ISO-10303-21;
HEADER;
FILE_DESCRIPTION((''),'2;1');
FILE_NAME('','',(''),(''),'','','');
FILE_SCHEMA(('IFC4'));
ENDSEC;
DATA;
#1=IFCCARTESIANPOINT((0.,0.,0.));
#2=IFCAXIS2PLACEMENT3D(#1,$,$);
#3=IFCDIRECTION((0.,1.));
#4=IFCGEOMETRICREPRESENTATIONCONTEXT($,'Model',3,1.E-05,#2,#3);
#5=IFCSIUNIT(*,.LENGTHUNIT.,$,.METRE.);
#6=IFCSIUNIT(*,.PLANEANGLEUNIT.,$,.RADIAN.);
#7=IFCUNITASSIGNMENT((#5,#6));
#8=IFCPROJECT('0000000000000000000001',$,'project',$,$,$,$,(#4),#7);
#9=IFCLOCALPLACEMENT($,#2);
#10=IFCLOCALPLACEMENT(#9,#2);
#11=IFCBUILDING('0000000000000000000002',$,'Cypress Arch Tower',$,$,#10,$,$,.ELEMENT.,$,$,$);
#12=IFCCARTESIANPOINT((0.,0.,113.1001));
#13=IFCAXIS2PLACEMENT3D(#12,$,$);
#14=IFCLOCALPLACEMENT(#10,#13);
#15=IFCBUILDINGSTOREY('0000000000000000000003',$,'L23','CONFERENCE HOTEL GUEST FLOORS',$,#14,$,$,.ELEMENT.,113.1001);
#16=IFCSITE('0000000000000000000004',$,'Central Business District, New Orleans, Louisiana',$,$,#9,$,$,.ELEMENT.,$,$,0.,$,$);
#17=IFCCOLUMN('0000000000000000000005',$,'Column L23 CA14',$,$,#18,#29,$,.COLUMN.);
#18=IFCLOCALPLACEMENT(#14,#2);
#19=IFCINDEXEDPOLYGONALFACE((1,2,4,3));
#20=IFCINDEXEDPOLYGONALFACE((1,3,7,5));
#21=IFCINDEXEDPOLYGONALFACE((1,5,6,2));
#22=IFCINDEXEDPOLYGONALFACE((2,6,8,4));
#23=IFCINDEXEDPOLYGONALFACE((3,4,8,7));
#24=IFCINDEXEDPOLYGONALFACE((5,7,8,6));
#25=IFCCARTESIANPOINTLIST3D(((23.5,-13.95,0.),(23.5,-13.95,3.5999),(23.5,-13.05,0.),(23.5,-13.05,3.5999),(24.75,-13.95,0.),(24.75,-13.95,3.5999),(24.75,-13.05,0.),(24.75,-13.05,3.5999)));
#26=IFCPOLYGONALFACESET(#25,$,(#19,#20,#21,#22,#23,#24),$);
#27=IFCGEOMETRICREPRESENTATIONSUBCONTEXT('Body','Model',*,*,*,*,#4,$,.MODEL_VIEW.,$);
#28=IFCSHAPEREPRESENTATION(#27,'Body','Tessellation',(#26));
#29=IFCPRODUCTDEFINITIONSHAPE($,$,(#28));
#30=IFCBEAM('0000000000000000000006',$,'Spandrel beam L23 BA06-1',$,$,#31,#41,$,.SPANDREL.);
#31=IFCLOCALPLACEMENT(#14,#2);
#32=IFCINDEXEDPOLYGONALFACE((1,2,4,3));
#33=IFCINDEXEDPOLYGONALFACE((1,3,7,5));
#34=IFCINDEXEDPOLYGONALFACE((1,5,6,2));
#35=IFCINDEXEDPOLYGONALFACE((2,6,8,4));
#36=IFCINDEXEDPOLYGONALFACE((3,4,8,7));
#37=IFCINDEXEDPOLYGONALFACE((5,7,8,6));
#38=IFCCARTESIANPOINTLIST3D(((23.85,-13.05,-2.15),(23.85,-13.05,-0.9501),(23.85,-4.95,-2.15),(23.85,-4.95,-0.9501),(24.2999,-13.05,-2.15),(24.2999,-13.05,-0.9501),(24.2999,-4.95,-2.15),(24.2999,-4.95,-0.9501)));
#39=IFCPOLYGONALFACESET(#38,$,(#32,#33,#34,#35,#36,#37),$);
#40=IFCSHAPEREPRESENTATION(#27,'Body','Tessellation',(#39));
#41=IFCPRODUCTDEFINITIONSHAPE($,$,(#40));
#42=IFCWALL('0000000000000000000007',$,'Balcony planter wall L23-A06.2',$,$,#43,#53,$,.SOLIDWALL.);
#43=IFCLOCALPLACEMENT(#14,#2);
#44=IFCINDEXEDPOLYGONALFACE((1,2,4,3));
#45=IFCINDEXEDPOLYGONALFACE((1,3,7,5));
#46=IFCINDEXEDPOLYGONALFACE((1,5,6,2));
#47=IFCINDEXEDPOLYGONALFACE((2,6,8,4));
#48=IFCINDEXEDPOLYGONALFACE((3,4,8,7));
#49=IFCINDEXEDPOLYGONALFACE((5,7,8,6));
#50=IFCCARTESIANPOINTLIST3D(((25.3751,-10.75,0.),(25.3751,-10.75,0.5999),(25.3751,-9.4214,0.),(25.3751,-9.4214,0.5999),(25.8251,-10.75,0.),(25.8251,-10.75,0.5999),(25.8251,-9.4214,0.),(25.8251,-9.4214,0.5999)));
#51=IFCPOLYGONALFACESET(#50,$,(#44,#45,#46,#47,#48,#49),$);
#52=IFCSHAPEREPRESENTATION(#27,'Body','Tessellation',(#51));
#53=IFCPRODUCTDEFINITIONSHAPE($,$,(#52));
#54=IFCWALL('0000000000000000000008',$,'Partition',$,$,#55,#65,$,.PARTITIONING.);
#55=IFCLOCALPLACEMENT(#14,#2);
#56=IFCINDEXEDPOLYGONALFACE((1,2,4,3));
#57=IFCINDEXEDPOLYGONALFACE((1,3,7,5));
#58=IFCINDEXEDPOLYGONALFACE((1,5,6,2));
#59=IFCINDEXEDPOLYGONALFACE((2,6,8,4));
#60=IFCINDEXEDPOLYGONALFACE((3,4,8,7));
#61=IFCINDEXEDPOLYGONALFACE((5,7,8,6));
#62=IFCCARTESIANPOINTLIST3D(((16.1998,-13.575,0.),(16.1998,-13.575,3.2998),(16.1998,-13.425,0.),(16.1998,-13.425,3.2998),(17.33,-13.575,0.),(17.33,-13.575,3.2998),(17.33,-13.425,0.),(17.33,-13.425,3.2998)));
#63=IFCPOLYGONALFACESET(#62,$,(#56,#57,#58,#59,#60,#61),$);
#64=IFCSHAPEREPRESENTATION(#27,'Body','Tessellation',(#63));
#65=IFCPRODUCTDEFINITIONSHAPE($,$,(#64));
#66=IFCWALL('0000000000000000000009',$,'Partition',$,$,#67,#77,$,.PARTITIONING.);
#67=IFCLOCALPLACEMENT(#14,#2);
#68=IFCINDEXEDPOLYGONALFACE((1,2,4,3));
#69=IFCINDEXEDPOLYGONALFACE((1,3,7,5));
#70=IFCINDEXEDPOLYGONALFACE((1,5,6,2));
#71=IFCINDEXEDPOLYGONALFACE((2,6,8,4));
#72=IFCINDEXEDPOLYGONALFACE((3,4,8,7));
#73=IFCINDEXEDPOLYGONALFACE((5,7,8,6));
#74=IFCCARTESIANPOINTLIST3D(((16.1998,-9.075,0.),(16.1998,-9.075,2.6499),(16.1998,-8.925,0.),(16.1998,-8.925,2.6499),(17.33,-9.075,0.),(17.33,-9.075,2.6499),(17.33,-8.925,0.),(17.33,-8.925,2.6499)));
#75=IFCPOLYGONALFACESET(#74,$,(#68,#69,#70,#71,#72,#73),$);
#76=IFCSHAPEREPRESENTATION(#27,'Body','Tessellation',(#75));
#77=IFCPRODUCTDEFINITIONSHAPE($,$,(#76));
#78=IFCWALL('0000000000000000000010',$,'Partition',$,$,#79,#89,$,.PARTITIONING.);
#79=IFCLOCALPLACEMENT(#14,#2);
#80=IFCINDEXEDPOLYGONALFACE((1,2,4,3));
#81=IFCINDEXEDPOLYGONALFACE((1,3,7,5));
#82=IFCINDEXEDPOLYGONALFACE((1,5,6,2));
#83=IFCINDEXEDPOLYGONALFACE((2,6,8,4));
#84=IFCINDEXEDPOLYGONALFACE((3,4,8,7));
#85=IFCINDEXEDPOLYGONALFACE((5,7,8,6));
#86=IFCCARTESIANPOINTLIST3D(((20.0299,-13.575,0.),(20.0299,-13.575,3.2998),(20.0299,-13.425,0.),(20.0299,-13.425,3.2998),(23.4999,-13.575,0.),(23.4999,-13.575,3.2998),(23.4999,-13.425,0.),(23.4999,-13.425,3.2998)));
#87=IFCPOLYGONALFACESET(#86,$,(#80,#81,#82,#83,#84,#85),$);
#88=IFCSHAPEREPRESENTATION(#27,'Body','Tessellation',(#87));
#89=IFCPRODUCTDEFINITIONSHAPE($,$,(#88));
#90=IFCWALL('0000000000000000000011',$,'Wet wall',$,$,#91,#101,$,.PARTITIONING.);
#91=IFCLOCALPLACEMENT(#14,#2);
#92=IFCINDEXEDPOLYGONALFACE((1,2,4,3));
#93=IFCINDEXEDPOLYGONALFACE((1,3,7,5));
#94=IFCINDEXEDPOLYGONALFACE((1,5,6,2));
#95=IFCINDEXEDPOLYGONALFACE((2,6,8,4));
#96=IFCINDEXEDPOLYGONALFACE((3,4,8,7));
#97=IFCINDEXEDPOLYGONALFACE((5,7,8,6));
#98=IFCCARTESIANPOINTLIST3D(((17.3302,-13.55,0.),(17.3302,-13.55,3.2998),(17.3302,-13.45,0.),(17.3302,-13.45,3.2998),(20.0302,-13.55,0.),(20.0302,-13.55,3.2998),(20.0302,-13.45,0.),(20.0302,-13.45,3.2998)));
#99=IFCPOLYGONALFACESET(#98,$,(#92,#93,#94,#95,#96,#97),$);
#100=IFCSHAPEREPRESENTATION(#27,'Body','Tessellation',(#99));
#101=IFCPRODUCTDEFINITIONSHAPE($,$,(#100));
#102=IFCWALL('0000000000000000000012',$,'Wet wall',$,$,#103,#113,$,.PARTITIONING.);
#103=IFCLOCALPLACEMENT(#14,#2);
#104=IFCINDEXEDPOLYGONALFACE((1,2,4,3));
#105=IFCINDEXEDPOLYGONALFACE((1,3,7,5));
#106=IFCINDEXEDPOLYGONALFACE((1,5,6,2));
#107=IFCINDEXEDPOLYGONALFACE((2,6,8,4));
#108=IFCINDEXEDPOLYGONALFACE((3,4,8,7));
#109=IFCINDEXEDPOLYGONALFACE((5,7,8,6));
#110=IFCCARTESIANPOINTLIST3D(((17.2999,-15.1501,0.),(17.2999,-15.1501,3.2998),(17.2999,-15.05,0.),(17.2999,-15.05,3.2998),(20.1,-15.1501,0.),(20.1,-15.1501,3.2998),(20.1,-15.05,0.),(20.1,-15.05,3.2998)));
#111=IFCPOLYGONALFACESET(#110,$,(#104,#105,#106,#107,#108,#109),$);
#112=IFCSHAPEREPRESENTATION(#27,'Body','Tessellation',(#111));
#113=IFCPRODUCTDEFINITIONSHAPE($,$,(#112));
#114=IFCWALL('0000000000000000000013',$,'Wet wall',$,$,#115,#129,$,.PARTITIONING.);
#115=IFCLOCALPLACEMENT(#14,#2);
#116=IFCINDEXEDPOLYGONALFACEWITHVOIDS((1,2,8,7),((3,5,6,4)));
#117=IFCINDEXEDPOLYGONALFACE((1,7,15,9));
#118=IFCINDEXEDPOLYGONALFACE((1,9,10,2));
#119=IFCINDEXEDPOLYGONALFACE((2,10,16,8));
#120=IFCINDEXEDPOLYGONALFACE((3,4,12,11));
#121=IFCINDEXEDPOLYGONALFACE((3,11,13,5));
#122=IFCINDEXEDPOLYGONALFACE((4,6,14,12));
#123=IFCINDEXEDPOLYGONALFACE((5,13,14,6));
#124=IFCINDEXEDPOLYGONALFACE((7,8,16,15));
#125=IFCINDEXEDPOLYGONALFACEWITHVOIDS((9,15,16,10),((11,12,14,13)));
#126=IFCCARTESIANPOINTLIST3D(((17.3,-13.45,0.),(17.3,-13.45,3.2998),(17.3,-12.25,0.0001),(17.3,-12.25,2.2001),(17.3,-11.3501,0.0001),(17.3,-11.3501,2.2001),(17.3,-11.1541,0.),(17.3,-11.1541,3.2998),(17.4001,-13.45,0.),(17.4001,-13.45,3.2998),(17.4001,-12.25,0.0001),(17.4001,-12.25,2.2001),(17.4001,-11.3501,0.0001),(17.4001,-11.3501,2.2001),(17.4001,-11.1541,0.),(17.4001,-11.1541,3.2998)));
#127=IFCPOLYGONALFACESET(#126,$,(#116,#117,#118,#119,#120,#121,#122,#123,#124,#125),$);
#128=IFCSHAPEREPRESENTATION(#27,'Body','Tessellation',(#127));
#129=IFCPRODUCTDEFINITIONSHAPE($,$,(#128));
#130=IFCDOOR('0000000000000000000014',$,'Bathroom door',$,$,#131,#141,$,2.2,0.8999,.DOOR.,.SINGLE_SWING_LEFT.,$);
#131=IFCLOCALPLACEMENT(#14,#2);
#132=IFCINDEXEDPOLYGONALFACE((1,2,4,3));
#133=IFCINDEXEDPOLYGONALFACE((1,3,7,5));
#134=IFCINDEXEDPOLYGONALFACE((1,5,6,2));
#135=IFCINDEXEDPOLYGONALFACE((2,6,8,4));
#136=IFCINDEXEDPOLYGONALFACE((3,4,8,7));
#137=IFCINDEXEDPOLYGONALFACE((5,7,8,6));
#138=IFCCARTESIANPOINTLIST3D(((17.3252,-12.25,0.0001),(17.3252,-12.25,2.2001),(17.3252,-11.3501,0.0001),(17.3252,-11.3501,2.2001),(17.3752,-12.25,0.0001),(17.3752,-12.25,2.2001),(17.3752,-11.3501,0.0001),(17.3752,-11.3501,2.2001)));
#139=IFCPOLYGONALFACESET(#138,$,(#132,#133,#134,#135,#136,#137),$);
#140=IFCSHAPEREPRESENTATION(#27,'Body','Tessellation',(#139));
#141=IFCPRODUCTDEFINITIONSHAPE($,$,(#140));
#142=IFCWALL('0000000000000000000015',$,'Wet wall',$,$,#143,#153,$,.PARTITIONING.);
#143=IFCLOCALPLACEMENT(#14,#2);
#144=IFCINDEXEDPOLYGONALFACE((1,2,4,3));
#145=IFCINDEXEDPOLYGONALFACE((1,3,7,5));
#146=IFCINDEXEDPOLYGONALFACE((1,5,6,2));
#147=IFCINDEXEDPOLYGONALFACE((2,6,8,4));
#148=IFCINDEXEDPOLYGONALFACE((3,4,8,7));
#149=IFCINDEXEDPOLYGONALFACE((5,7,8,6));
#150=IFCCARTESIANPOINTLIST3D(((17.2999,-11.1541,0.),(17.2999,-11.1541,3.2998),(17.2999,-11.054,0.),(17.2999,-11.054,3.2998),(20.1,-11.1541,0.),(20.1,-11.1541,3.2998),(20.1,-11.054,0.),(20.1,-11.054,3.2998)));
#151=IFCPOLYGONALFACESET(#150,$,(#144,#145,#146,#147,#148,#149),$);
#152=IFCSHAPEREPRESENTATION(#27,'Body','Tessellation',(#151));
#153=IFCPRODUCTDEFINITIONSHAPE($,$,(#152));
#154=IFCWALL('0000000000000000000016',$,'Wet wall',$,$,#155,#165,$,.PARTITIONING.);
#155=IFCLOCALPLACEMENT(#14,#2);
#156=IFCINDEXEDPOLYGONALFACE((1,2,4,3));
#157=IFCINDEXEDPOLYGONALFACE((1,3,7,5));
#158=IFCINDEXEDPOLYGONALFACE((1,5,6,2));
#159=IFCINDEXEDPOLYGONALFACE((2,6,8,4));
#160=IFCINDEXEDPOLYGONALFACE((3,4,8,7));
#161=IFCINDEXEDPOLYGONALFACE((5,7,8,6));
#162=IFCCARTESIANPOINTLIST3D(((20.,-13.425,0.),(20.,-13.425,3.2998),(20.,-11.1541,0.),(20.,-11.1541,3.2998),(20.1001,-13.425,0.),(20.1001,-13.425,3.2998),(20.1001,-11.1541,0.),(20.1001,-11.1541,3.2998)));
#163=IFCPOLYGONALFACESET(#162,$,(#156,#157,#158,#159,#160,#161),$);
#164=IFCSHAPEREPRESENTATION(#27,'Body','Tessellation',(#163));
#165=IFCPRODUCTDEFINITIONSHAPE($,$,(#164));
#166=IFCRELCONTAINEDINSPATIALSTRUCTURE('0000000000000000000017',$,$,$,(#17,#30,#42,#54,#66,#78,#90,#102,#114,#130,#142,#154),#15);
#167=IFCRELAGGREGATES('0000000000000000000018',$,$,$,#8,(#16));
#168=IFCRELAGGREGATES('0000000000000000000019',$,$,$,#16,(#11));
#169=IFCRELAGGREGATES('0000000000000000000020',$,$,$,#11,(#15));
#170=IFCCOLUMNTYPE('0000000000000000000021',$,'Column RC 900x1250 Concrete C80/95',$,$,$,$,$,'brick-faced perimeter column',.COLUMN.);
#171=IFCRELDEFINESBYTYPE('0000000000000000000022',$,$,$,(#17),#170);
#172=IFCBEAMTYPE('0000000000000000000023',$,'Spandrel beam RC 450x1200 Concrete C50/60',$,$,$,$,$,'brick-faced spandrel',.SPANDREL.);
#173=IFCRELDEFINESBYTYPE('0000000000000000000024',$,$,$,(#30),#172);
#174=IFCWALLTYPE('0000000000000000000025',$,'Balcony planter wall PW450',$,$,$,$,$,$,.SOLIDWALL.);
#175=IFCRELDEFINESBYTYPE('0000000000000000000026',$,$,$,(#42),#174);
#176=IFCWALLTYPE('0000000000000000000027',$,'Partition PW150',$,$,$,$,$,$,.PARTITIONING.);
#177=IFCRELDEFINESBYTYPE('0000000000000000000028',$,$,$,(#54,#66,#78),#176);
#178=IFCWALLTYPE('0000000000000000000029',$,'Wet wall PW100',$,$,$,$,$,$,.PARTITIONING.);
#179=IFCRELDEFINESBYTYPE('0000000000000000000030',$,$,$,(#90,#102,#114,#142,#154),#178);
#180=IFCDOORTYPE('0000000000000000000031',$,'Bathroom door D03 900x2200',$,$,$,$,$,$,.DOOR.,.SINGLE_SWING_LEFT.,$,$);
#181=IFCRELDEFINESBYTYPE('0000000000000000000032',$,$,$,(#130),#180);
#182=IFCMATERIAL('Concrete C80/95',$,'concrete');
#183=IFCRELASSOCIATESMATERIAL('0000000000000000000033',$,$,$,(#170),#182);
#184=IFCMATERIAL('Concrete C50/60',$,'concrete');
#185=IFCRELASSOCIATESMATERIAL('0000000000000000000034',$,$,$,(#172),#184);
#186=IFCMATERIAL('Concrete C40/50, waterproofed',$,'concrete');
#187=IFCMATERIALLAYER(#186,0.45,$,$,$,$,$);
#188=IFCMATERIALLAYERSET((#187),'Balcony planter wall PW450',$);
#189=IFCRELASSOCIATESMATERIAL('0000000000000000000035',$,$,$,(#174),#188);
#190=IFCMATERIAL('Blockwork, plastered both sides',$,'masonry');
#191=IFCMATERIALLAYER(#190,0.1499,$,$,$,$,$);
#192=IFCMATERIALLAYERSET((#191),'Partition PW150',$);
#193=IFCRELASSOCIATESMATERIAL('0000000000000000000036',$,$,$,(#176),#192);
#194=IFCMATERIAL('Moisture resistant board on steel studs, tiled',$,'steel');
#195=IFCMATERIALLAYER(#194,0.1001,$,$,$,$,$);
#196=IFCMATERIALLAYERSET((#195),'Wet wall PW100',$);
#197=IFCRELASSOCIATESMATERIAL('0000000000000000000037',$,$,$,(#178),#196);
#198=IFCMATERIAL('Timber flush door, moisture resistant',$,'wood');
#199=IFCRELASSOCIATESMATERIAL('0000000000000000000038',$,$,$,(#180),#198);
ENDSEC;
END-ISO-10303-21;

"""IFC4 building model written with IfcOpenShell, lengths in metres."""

from ifc_helpers import new_model, si_unit, direction, frame, frame_2d, origin, origin_2d, place, context, subcontext, project, spatial, rectangle, extrude, material, layer, layer_set, material_profile, profile_set, type_object, element, fill, save


model = new_model("IFC4")

# Units and contexts
model_context = context("Model", 3, precision=1e-05, world=origin(), true_north=direction((0.0, 1.0)))
body_context = subcontext(model_context, "Body", "Model", "MODEL_VIEW")
ifc_project = project(units=[si_unit("LENGTHUNIT", "METRE"), si_unit("PLANEANGLEUNIT", "RADIAN")], contexts=[model_context])

# Site, building, storey
site_placement = place(None, origin())
site = spatial("IfcSite", under=ifc_project, at=site_placement, Name="Central Business District, New Orleans, Louisiana", CompositionType="ELEMENT", RefElevation=0.0)
building_placement = place(site_placement, origin())
building = spatial("IfcBuilding", under=site, at=building_placement, Name="Cypress Arch Tower", CompositionType="ELEMENT")
storey_placement = place(building_placement, frame((0.0, 0.0, 113.1001)))
storey = spatial("IfcBuildingStorey", under=building, at=storey_placement, Name="L23", Description="CONFERENCE HOTEL GUEST FLOORS", CompositionType="ELEMENT", Elevation=113.1001)

# Column
ifc_material_1 = material(Name="Concrete C80/95", Category="concrete")
ifc_material_profile_1 = material_profile(ifc_material_1, rectangle(XDim=0.8999, YDim=1.25, at=origin_2d()), Name="RC 900x1250")
ifc_profile_set_1 = profile_set([ifc_material_profile_1], Name="Concrete C80/95")
column_type = type_object("IfcColumnType", Name="Column RC 900x1250 Concrete C80/95", ElementType="brick-faced perimeter column", PredefinedType="COLUMN", material=ifc_profile_set_1)
column_placement = place(storey_placement, frame((24.125, -13.5, 0.0), z_axis=(0.0, 0.0, 1.0), x_axis=(0.0, 1.0, 0.0)))
element("IfcColumn", 1, at=column_placement, inside=storey, type_object=column_type, Name="Column L23 CA14", PredefinedType="COLUMN", context=body_context, shape_type="SweptSolid", body=[
    extrude(rectangle(XDim=0.8999, YDim=1.25, at=origin_2d()), origin(), (0.0, 0.0, 1.0), 3.5999),
])

# Beam
ifc_material_2 = material(Name="Concrete C50/60", Category="concrete")
ifc_material_profile_2 = material_profile(ifc_material_2, rectangle(XDim=0.45, YDim=1.2, at=origin_2d()), Name="RC 450x1200")
ifc_profile_set_2 = profile_set([ifc_material_profile_2], Name="Concrete C50/60")
beam_type = type_object("IfcBeamType", Name="Spandrel beam RC 450x1200 Concrete C50/60", ElementType="brick-faced spandrel", PredefinedType="SPANDREL", material=ifc_profile_set_2)
beam_placement = place(storey_placement, frame((24.075, -13.05, -1.55), z_axis=(0.0, 1.0, 0.0), x_axis=(-1.0, 0.0, 0.0)))
element("IfcBeam", 2, at=beam_placement, inside=storey, type_object=beam_type, Name="Spandrel beam L23 BA06-1", PredefinedType="SPANDREL", context=body_context, shape_type="SweptSolid", body=[
    extrude(rectangle(XDim=0.45, YDim=1.2, at=origin_2d()), origin(), (0.0, 0.0, 1.0), 8.1001),
])

# Wall
ifc_material_3 = material(Name="Concrete C40/50, waterproofed", Category="concrete")
ifc_layer_1 = layer(ifc_material_3, 0.45)
ifc_layer_set_1 = layer_set([ifc_layer_1], Name="Balcony planter wall PW450")
wall_type_1 = type_object("IfcWallType", Name="Balcony planter wall PW450", PredefinedType="SOLIDWALL", material=ifc_layer_set_1)
wall_1_placement = place(storey_placement, frame((25.6001, -10.75, 0.0), z_axis=(0.0, 0.0, 1.0), x_axis=(0.0, 1.0, 0.0)))
element("IfcWall", 3, at=wall_1_placement, inside=storey, type_object=wall_type_1, Name="Balcony planter wall L23-A06.2", PredefinedType="SOLIDWALL", context=body_context, shape_type="SweptSolid", body=[
    extrude(rectangle(XDim=1.3286, YDim=0.45, at=frame_2d((0.6643, 0.0))), origin(), (0.0, 0.0, 1.0), 0.5999),
])

# Walls
ifc_material_4 = material(Name="Blockwork, plastered both sides", Category="masonry")
ifc_layer_2 = layer(ifc_material_4, 0.1499)
ifc_layer_set_2 = layer_set([ifc_layer_2], Name="Partition PW150")
wall_type_2 = type_object("IfcWallType", Name="Partition PW150", PredefinedType="PARTITIONING", material=ifc_layer_set_2)
wall_2_placement = place(storey_placement, frame((16.2, -13.5, 0.0), z_axis=(0.0, 0.0, 1.0), x_axis=(1.0, 0.0, 0.0)))
element("IfcWall", 4, at=wall_2_placement, inside=storey, type_object=wall_type_2, Name="Partition", PredefinedType="PARTITIONING", context=body_context, shape_type="SweptSolid", body=[
    extrude(rectangle(XDim=1.1301, YDim=0.1499, at=frame_2d((0.5649, 0.0))), origin(), (0.0, 0.0, 1.0), 3.2998),
])
wall_3_placement = place(storey_placement, frame((16.2, -9.0, 0.0), z_axis=(0.0, 0.0, 1.0), x_axis=(1.0, 0.0, 0.0)))
element("IfcWall", 5, at=wall_3_placement, inside=storey, type_object=wall_type_2, Name="Partition", PredefinedType="PARTITIONING", context=body_context, shape_type="SweptSolid", body=[
    extrude(rectangle(XDim=1.1301, YDim=0.1499, at=frame_2d((0.5649, 0.0))), origin(), (0.0, 0.0, 1.0), 2.6499),
])
wall_4_placement = place(storey_placement, frame((20.03, -13.5, 0.0), z_axis=(0.0, 0.0, 1.0), x_axis=(1.0, 0.0, 0.0)))
element("IfcWall", 6, at=wall_4_placement, inside=storey, type_object=wall_type_2, Name="Partition", PredefinedType="PARTITIONING", context=body_context, shape_type="SweptSolid", body=[
    extrude(rectangle(XDim=3.47, YDim=0.1499, at=frame_2d((1.7349, 0.0))), origin(), (0.0, 0.0, 1.0), 3.2998),
])
ifc_material_5 = material(Name="Moisture resistant board on steel studs, tiled", Category="steel")
ifc_layer_3 = layer(ifc_material_5, 0.1001)
ifc_layer_set_3 = layer_set([ifc_layer_3], Name="Wet wall PW100")
wall_type_3 = type_object("IfcWallType", Name="Wet wall PW100", PredefinedType="PARTITIONING", material=ifc_layer_set_3)
wall_5_placement = place(storey_placement, frame((17.3301, -13.5, 0.0), z_axis=(0.0, 0.0, 1.0), x_axis=(1.0, 0.0, 0.0)))
element("IfcWall", 7, at=wall_5_placement, inside=storey, type_object=wall_type_3, Name="Wet wall", PredefinedType="PARTITIONING", context=body_context, shape_type="SweptSolid", body=[
    extrude(rectangle(XDim=2.7, YDim=0.1001, at=frame_2d((1.3501, 0.0))), origin(), (0.0, 0.0, 1.0), 3.2998),
])
wall_6_placement = place(storey_placement, frame((17.3, -15.1001, 0.0), z_axis=(0.0, 0.0, 1.0), x_axis=(1.0, 0.0, 0.0)))
element("IfcWall", 8, at=wall_6_placement, inside=storey, type_object=wall_type_3, Name="Wet wall", PredefinedType="PARTITIONING", context=body_context, shape_type="SweptSolid", body=[
    extrude(rectangle(XDim=2.8, YDim=0.1001, at=frame_2d((1.3999, 0.0))), origin(), (0.0, 0.0, 1.0), 3.2998),
])

# Wall, opening, door
wall_7_placement = place(storey_placement, frame((17.3501, -13.45, 0.0), z_axis=(0.0, 0.0, 1.0), x_axis=(0.0, 1.0, 0.0)))
wall_7 = element("IfcWall", 9, at=wall_7_placement, inside=storey, type_object=wall_type_3, Name="Wet wall", PredefinedType="PARTITIONING", context=body_context, shape_type="SweptSolid", body=[
    extrude(rectangle(XDim=2.2959, YDim=0.1001, at=frame_2d((1.1479, 0.0))), origin(), (0.0, 0.0, 1.0), 3.2998),
])
opening_1_placement = place(wall_7_placement, frame((1.2, 0.0, 0.0)))
opening_1 = element("IfcOpeningElement", 10, at=opening_1_placement, cuts=wall_7, PredefinedType="OPENING", context=body_context, shape_type="SweptSolid", body=[
    extrude(rectangle(XDim=0.8999, YDim=2.2, at=frame_2d((0.45, 1.1001))), frame((0.0, 0.0601, 0.0), z_axis=(0.0, -1.0, 0.0), x_axis=(1.0, 0.0, 0.0)), (0.0, 0.0, 1.0), 0.1201),
])
ifc_material_6 = material(Name="Timber flush door, moisture resistant", Category="wood")
door_type_1 = type_object("IfcDoorType", Name="Bathroom door D03 900x2200", OperationType="SINGLE_SWING_LEFT", PredefinedType="DOOR", material=ifc_material_6)
door_1_placement = place(opening_1_placement, origin())
door_1 = element("IfcDoor", 11, at=door_1_placement, inside=storey, type_object=door_type_1, Name="Bathroom door", OperationType="SINGLE_SWING_LEFT", OverallHeight=2.2, OverallWidth=0.8999, PredefinedType="DOOR", context=body_context, shape_type="SweptSolid", body=[
    extrude(rectangle(XDim=0.8999, YDim=2.2, at=frame_2d((0.45, 1.1001))), frame((0.0, 0.0249, 0.0), z_axis=(0.0, -1.0, 0.0), x_axis=(1.0, 0.0, 0.0)), (0.0, 0.0, 1.0), 0.05),
])
fill(opening_1, door_1)

# Walls
wall_8_placement = place(storey_placement, frame((17.3, -11.104, 0.0), z_axis=(0.0, 0.0, 1.0), x_axis=(1.0, 0.0, 0.0)))
element("IfcWall", 12, at=wall_8_placement, inside=storey, type_object=wall_type_3, Name="Wet wall", PredefinedType="PARTITIONING", context=body_context, shape_type="SweptSolid", body=[
    extrude(rectangle(XDim=2.8, YDim=0.1001, at=frame_2d((1.3999, 0.0))), origin(), (0.0, 0.0, 1.0), 3.2998),
])
wall_9_placement = place(storey_placement, frame((20.05, -13.425, 0.0), z_axis=(0.0, 0.0, 1.0), x_axis=(0.0, 1.0, 0.0)))
element("IfcWall", 13, at=wall_9_placement, inside=storey, type_object=wall_type_3, Name="Wet wall", PredefinedType="PARTITIONING", context=body_context, shape_type="SweptSolid", body=[
    extrude(rectangle(XDim=2.271, YDim=0.1001, at=frame_2d((1.1355, 0.0))), origin(), (0.0, 0.0, 1.0), 3.2998),
])

save(model, "model.ifc")
